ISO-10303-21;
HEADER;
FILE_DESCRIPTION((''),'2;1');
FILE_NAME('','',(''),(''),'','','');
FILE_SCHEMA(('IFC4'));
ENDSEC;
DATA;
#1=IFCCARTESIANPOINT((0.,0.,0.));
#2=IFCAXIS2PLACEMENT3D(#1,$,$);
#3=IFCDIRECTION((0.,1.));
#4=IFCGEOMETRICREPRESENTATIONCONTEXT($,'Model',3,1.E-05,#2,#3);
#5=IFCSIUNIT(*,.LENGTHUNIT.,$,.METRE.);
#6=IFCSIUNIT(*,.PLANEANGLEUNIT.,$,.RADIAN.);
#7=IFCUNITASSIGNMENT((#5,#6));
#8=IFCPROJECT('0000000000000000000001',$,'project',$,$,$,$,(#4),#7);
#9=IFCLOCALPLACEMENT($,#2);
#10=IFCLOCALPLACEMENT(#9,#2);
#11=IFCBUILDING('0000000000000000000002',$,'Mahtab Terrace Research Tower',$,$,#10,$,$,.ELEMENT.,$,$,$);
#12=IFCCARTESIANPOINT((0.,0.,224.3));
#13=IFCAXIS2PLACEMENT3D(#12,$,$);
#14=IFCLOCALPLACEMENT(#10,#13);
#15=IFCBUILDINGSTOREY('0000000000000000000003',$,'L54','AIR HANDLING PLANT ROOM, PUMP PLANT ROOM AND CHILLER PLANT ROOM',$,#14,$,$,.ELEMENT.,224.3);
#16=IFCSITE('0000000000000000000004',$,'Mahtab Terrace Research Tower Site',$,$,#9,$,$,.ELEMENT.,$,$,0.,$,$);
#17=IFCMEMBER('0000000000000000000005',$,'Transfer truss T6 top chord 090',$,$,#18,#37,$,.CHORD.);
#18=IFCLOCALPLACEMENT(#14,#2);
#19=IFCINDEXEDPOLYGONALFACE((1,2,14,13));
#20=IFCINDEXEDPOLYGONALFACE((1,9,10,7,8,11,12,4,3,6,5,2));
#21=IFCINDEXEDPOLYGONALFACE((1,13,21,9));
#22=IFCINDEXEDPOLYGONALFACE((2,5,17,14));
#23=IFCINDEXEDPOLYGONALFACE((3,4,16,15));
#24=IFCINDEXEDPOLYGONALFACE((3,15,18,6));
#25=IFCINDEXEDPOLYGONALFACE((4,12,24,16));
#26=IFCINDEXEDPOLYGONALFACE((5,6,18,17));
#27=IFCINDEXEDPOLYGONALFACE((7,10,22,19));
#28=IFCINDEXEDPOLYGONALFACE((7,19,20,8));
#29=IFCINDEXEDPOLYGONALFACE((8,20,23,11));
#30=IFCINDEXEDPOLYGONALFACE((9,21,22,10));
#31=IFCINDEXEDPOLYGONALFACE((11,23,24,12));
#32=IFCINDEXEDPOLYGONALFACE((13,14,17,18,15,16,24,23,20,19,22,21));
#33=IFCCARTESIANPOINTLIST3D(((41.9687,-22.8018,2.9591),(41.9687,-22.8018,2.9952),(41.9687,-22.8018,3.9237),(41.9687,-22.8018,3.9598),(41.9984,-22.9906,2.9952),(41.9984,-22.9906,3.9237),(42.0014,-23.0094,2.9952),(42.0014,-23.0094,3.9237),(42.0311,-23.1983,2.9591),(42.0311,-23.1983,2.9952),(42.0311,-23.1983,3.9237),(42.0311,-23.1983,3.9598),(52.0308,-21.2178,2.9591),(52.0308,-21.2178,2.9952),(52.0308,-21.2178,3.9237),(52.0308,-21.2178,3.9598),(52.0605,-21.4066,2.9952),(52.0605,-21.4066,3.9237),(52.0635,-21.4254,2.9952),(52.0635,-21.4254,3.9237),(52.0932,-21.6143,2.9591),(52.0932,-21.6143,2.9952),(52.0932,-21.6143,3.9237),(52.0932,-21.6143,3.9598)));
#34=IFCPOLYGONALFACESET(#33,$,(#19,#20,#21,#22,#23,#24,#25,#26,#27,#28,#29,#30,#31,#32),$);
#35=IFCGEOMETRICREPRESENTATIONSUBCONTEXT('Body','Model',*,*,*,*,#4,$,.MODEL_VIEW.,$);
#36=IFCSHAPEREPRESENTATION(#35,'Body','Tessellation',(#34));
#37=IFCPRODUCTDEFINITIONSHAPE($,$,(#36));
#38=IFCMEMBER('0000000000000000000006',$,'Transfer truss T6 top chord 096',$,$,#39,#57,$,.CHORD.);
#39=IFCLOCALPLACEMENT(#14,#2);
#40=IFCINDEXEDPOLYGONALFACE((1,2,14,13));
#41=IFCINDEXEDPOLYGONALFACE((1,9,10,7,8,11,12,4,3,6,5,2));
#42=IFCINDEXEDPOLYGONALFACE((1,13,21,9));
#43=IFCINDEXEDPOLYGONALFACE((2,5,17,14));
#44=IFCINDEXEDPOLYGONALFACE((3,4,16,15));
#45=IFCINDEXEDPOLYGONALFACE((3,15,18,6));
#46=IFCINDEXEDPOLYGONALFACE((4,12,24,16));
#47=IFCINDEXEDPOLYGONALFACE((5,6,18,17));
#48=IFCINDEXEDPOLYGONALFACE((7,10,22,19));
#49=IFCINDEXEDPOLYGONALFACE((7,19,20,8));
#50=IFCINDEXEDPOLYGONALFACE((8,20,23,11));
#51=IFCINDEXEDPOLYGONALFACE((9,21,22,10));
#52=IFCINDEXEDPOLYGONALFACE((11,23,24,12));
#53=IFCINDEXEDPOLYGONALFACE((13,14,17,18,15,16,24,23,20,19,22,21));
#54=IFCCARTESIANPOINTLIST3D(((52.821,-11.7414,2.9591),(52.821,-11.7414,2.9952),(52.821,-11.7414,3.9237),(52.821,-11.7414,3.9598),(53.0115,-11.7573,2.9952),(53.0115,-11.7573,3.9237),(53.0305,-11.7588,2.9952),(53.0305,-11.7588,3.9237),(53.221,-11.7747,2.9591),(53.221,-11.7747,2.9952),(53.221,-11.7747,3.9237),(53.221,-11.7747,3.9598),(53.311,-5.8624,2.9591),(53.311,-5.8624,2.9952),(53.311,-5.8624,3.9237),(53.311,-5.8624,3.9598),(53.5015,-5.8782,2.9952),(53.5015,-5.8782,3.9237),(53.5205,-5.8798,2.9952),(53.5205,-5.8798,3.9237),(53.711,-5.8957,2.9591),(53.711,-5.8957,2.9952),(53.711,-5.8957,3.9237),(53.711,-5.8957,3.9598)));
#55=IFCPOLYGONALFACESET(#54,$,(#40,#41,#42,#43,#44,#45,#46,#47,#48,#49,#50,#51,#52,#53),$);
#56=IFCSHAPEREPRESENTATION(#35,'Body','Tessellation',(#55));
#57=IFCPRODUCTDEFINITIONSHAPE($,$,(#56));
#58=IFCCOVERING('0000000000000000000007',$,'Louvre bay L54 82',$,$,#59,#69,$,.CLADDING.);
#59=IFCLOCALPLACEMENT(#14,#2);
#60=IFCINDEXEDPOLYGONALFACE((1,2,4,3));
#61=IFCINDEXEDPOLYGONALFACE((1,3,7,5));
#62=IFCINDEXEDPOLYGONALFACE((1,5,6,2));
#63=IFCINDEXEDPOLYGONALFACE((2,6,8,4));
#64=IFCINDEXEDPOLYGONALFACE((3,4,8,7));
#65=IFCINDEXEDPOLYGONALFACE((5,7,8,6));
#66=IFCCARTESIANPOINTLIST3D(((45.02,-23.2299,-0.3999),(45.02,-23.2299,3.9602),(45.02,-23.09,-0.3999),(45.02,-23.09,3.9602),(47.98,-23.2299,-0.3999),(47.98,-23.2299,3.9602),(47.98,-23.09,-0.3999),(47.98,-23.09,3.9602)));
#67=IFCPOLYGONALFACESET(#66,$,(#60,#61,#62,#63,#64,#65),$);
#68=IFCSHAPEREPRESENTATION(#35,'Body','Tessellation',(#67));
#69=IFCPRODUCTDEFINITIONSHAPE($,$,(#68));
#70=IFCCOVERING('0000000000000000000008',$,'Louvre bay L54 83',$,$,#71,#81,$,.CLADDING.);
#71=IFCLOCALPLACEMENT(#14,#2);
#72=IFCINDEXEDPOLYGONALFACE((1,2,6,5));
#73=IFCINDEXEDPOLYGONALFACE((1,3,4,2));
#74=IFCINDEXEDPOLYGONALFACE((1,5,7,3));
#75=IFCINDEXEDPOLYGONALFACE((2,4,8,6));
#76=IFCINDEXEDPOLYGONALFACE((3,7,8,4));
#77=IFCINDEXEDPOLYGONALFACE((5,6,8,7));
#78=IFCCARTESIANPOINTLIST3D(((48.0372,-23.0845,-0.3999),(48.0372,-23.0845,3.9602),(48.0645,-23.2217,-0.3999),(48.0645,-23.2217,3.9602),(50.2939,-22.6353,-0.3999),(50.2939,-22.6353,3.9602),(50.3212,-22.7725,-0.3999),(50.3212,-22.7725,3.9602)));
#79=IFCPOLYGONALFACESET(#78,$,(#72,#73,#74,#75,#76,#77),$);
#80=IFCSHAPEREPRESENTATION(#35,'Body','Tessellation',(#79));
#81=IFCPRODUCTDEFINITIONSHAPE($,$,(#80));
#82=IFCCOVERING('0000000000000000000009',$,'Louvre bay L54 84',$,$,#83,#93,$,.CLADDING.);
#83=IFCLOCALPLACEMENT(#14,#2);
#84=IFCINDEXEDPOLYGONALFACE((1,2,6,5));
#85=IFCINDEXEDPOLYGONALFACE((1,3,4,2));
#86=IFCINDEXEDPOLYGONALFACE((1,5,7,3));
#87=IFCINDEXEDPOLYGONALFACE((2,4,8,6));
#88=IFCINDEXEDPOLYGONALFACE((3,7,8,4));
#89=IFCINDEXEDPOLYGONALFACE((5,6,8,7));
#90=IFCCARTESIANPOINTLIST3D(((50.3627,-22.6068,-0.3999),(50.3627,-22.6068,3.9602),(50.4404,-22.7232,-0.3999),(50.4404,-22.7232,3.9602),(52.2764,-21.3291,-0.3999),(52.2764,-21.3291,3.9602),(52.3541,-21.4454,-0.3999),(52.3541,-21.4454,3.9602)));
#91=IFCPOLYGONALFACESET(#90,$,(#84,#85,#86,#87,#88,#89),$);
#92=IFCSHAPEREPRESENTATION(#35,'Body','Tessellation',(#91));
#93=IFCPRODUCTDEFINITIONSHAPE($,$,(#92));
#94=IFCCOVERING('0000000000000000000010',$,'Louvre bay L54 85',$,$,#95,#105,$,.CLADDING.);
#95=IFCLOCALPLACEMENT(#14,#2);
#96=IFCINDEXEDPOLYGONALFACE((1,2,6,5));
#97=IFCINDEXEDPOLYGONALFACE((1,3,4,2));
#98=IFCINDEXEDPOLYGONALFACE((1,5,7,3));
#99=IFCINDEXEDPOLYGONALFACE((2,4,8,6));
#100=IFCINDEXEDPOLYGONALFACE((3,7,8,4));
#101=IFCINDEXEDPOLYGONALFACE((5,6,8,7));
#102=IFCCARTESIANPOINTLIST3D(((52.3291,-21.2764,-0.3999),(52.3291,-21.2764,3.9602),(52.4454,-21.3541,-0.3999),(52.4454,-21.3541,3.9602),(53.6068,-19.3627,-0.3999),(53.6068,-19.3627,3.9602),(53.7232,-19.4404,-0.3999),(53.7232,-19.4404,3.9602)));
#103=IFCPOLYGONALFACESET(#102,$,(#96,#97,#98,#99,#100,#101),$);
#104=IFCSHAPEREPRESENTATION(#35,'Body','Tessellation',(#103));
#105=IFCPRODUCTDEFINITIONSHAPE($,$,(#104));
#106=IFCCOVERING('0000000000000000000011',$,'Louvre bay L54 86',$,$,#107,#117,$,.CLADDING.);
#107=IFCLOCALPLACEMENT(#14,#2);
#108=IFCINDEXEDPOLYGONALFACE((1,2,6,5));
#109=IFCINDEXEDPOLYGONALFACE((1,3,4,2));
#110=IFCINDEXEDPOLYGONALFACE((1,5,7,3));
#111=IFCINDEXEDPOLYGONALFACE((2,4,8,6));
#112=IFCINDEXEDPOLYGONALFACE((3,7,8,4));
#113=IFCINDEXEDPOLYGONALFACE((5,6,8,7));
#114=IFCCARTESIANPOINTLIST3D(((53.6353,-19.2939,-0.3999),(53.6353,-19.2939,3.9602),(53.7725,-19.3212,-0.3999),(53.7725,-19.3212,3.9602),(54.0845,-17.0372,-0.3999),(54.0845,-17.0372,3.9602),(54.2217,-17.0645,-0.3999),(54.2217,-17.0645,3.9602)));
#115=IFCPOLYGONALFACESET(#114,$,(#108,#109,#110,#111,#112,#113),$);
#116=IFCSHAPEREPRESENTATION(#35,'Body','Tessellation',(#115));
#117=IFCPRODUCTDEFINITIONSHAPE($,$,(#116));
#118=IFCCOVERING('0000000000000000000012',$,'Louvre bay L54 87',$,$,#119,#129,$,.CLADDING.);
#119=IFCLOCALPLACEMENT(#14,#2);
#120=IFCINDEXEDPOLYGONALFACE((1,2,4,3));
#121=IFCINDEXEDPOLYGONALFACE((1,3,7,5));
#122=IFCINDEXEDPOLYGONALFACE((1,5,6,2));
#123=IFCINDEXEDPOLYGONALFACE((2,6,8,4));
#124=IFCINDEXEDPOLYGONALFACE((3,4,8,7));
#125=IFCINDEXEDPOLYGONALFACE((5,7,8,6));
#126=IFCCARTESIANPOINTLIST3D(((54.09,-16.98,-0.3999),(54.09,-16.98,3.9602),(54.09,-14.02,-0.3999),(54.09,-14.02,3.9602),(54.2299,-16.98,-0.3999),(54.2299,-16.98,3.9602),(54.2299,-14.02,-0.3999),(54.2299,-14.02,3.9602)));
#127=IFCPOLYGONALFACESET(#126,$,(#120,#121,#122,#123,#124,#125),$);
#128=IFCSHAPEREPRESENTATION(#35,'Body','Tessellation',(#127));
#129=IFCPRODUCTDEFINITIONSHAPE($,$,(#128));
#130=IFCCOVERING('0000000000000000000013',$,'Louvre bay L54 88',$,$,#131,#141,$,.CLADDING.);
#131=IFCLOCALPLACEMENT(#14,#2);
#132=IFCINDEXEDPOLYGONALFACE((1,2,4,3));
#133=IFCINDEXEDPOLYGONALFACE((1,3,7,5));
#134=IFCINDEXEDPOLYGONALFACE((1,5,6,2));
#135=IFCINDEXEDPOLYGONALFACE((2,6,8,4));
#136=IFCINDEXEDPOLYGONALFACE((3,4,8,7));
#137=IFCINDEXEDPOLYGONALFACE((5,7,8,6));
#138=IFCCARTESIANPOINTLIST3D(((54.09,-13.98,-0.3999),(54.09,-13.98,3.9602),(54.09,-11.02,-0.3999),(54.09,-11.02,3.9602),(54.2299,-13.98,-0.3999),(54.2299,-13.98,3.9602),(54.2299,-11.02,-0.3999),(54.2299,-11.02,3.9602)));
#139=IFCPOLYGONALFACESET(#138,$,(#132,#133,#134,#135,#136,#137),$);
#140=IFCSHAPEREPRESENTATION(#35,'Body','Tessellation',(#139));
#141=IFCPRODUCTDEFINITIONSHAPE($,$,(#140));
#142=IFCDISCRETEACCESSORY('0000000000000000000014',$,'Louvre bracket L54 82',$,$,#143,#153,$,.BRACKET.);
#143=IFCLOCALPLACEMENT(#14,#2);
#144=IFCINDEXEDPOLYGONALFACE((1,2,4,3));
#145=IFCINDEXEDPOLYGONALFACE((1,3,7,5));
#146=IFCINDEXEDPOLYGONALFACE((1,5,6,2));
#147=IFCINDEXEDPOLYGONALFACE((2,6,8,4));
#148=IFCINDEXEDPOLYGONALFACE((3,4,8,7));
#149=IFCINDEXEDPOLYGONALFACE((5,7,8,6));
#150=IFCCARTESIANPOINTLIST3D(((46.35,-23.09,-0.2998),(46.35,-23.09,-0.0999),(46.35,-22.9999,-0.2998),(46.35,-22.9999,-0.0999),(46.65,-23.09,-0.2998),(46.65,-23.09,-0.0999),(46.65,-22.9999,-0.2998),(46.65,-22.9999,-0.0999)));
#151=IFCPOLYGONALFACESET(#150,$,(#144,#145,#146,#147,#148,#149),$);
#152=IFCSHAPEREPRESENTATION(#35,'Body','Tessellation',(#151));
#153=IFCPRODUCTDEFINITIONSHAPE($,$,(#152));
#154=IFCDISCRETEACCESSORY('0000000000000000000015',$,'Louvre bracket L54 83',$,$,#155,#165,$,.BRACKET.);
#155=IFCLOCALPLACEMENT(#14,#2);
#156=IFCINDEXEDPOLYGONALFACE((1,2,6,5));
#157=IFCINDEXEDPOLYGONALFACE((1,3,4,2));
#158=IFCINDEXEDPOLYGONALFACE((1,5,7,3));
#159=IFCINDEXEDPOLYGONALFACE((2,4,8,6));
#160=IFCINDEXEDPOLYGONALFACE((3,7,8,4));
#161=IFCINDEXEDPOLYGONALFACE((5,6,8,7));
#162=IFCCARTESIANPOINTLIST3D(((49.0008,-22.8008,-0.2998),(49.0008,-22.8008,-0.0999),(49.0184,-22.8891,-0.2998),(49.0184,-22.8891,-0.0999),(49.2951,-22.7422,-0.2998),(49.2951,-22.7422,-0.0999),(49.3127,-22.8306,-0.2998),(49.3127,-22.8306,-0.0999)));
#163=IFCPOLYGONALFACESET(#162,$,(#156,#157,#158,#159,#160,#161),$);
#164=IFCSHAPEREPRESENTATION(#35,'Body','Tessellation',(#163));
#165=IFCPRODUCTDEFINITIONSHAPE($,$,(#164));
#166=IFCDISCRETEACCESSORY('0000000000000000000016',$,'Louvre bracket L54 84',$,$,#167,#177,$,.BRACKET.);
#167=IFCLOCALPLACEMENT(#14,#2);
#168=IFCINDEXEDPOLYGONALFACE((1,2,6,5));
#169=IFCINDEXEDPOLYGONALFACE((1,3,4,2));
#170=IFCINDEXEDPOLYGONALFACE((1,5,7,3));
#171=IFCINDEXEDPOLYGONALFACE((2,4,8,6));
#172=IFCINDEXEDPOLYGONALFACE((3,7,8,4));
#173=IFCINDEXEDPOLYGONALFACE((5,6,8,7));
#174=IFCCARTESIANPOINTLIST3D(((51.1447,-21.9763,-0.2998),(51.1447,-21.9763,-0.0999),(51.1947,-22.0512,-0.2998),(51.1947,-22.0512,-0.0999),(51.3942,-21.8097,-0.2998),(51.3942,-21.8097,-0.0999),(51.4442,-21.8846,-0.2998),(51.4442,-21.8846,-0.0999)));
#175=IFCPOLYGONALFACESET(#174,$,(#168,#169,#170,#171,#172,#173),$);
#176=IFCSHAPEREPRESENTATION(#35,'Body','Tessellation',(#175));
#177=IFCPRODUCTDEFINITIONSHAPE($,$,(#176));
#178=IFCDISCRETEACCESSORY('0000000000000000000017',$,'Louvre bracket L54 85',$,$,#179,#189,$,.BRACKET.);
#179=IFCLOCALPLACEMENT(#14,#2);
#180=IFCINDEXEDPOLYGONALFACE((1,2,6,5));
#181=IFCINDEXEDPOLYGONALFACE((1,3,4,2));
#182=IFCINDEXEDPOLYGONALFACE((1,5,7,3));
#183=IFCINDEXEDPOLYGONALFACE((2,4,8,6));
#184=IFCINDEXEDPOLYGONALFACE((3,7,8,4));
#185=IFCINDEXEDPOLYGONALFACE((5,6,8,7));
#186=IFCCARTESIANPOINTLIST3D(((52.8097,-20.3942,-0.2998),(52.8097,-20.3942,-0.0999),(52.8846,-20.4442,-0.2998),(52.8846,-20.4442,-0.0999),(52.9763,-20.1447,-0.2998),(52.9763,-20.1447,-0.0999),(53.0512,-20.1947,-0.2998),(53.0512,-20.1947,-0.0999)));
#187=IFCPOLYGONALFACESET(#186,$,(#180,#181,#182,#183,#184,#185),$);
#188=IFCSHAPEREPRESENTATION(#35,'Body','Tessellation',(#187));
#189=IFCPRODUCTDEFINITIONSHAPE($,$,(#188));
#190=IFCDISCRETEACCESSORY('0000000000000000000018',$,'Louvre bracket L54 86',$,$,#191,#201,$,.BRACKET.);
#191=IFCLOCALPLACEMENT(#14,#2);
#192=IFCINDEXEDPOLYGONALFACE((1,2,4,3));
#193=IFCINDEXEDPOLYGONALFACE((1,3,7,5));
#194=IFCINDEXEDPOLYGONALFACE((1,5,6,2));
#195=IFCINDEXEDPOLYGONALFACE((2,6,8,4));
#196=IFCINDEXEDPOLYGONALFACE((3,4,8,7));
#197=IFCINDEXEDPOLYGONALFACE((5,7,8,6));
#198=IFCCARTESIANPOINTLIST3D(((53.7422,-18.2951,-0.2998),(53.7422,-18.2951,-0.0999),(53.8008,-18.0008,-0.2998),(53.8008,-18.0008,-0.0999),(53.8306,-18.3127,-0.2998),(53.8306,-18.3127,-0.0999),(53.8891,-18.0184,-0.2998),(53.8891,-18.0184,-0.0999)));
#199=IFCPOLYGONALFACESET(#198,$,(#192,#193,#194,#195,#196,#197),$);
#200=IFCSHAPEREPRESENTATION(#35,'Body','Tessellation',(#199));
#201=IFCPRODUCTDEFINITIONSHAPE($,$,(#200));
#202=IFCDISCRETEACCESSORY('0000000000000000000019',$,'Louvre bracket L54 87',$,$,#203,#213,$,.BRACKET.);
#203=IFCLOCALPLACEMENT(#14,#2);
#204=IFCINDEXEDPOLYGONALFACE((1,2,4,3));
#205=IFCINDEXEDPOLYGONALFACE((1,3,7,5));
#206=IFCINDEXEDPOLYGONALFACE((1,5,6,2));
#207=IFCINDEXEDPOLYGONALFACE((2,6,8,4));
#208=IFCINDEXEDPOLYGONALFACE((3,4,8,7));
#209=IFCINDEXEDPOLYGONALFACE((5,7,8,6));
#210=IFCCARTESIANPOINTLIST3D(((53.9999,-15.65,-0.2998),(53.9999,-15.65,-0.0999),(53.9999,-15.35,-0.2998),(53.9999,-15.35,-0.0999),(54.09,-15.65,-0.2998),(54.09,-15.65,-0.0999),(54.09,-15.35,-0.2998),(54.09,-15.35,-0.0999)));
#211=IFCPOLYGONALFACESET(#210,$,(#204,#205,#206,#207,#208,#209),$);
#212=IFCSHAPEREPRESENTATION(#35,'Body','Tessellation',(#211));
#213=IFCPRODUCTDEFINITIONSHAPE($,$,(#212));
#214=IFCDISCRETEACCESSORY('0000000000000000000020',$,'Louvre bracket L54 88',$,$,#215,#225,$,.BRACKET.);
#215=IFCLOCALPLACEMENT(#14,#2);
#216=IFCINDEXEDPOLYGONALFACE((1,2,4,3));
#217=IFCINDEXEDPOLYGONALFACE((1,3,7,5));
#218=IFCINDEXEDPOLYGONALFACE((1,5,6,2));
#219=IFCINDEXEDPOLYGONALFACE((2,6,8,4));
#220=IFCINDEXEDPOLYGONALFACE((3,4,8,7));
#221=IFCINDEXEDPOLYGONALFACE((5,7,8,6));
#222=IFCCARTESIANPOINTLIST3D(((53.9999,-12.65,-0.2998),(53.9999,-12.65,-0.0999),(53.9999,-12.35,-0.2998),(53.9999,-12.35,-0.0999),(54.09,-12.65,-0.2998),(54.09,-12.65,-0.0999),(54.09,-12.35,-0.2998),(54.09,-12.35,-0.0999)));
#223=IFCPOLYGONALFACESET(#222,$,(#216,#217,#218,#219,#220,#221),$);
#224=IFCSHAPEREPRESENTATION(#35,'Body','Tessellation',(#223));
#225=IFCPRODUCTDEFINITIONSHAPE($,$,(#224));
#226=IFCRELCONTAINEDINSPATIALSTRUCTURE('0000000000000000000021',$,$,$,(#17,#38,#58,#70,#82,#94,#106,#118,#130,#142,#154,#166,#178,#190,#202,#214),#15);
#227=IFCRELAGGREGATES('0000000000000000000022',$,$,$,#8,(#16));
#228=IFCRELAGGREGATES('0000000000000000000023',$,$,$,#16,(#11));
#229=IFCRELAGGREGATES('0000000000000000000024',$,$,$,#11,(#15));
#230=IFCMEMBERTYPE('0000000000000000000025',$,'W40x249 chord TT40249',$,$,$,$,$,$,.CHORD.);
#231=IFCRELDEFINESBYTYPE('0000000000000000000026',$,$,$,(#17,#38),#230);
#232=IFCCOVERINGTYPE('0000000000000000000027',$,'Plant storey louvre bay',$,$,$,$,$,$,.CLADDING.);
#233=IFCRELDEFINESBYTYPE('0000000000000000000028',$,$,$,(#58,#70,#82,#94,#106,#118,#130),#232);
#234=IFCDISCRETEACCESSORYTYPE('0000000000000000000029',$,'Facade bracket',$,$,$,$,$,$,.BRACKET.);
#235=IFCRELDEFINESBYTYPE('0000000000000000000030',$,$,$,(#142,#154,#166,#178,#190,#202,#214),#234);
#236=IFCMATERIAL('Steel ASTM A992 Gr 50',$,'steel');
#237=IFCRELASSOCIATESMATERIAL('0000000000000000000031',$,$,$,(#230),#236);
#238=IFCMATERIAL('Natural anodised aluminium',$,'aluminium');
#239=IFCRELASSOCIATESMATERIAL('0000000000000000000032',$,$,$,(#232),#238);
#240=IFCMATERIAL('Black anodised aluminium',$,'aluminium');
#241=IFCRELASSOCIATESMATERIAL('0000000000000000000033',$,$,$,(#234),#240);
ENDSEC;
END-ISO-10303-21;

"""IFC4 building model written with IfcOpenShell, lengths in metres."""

from ifc_helpers import new_model, si_unit, direction, frame, origin, origin_2d, place, context, subcontext, project, spatial, rectangle, i_section, extrude, material, material_profile, profile_set, type_object, element, save


model = new_model("IFC4")

# Units and contexts
model_context = context("Model", 3, precision=1e-05, world=origin(), true_north=direction((0.0, 1.0)))
body_context = subcontext(model_context, "Body", "Model", "MODEL_VIEW")
ifc_project = project(units=[si_unit("LENGTHUNIT", "METRE"), si_unit("PLANEANGLEUNIT", "RADIAN")], contexts=[model_context])

# Site, building, storey
site_placement = place(None, origin())
site = spatial("IfcSite", under=ifc_project, at=site_placement, Name="Mahtab Terrace Research Tower Site", CompositionType="ELEMENT", RefElevation=0.0)
building_placement = place(site_placement, origin())
building = spatial("IfcBuilding", under=site, at=building_placement, Name="Mahtab Terrace Research Tower", CompositionType="ELEMENT")
storey_placement = place(building_placement, frame((0.0, 0.0, 224.3)))
storey = spatial("IfcBuildingStorey", under=building, at=storey_placement, Name="L54", Description="AIR HANDLING PLANT ROOM, PUMP PLANT ROOM AND CHILLER PLANT ROOM", CompositionType="ELEMENT", Elevation=224.3)

# Members
ifc_material_1 = material(Name="Steel ASTM A992 Gr 50", Category="steel")
ifc_material_profile_1 = material_profile(ifc_material_1, i_section(OverallWidth=0.4014, OverallDepth=1.0007, WebThickness=0.019, FlangeThickness=0.0361, at=origin_2d()), Name="W40X249")
ifc_profile_set_1 = profile_set([ifc_material_profile_1], Name="Steel ASTM A992 Gr 50")
member_type_1 = type_object("IfcMemberType", Name="W40x249 chord TT40249", PredefinedType="CHORD", material=ifc_profile_set_1)
member_1_placement = place(storey_placement, frame((52.062, -21.416, 3.4595), z_axis=(-0.987835, -0.155507, 0.0), x_axis=(0.155507, -0.987835, 0.0)))
element("IfcMember", 1, at=member_1_placement, inside=storey, type_object=member_type_1, Name="Transfer truss T6 top chord 090", PredefinedType="CHORD", context=body_context, shape_type="SweptSolid", body=[
    extrude(i_section(OverallWidth=0.4014, OverallDepth=1.0007, WebThickness=0.019, FlangeThickness=0.0361, at=origin_2d()), origin(), (0.0, 0.0, 1.0), 10.186),
])
member_2_placement = place(storey_placement, frame((53.021, -11.7581, 3.4595), z_axis=(0.083056, 0.996545, 0.0), x_axis=(-0.996545, 0.083056, 0.0)))
element("IfcMember", 2, at=member_2_placement, inside=storey, type_object=member_type_1, Name="Transfer truss T6 top chord 096", PredefinedType="CHORD", context=body_context, shape_type="SweptSolid", body=[
    extrude(i_section(OverallWidth=0.4014, OverallDepth=1.0007, WebThickness=0.019, FlangeThickness=0.0361, at=origin_2d()), origin(), (0.0, 0.0, 1.0), 5.8994),
])

# Coverings
ifc_material_2 = material(Name="Natural anodised aluminium", Category="aluminium")
covering_type = type_object("IfcCoveringType", Name="Plant storey louvre bay", PredefinedType="CLADDING", material=ifc_material_2)
covering_placement = place(storey_placement, frame((46.5, -23.1599, -0.3999), z_axis=(0.0, 0.0, 1.0), x_axis=(1.0, 0.0, 0.0)))
element("IfcCovering", 3, at=covering_placement, inside=storey, type_object=covering_type, Name="Louvre bay L54 82", PredefinedType="CLADDING", context=body_context, shape_type="SweptSolid", body=[
    extrude(rectangle(XDim=2.96, YDim=0.1399, at=origin_2d()), origin(), (0.0, 0.0, 1.0), 4.3601),
])
for number, where, z_axis, x_axis, name in (
    (4, (49.1792, -22.9285, -0.3999), (0.0, 0.0, 1.0), (0.980761, 0.195212, 0.0), "Louvre bay L54 83"),
    (5, (51.3584, -22.0261, -0.3999), (0.0, 0.0, 1.0), (0.831656, 0.555291, 0.0), "Louvre bay L54 84"),
    (6, (53.0261, -20.3584, -0.3999), (0.0, 0.0, 1.0), (0.555291, 0.831656, 0.0), "Louvre bay L54 85"),
    (7, (53.9285, -18.1792, -0.3999), (0.0, 0.0, 1.0), (0.195212, 0.980761, 0.0), "Louvre bay L54 86"),
):
    element("IfcCovering", number, at=place(storey_placement, frame(where, z_axis=z_axis, x_axis=x_axis)), inside=storey, type_object=covering_type, Name=name, PredefinedType="CLADDING", context=body_context, shape_type="SweptSolid", body=[
        extrude(rectangle(XDim=2.301, YDim=0.1399, at=origin_2d()), origin(), (0.0, 0.0, 1.0), 4.3601),
    ])
for number, where, z_axis, x_axis, name in (
    (8, (54.1599, -15.5, -0.3999), (0.0, 0.0, 1.0), (0.0, 1.0, 0.0), "Louvre bay L54 87"),
    (9, (54.1599, -12.5, -0.3999), (0.0, 0.0, 1.0), (0.0, 1.0, 0.0), "Louvre bay L54 88"),
):
    element("IfcCovering", number, at=place(storey_placement, frame(where, z_axis=z_axis, x_axis=x_axis)), inside=storey, type_object=covering_type, Name=name, PredefinedType="CLADDING", context=body_context, shape_type="SweptSolid", body=[
        extrude(rectangle(XDim=2.96, YDim=0.1399, at=origin_2d()), origin(), (0.0, 0.0, 1.0), 4.3601),
    ])

# Discrete accessories
ifc_material_3 = material(Name="Black anodised aluminium", Category="aluminium")
discrete_accessory_type_1 = type_object("IfcDiscreteAccessoryType", Name="Facade bracket", PredefinedType="BRACKET", material=ifc_material_3)
for number, where, z_axis, x_axis, name in (
    (10, (46.5, -23.0449, -0.2998), (0.0, 0.0, 1.0), (1.0, 0.0, 0.0), "Louvre bracket L54 82"),
    (11, (49.1567, -22.8157, -0.2998), (0.0, 0.0, 1.0), (0.980761, 0.195212, 0.0), "Louvre bracket L54 83"),
    (12, (51.2944, -21.9304, -0.2998), (0.0, 0.0, 1.0), (0.831656, 0.555291, 0.0), "Louvre bracket L54 84"),
    (13, (52.9304, -20.2944, -0.2998), (0.0, 0.0, 1.0), (0.555291, 0.831656, 0.0), "Louvre bracket L54 85"),
    (14, (53.8157, -18.1567, -0.2998), (0.0, 0.0, 1.0), (0.195212, 0.980761, 0.0), "Louvre bracket L54 86"),
    (15, (54.0449, -15.5, -0.2998), (0.0, 0.0, 1.0), (0.0, 1.0, 0.0), "Louvre bracket L54 87"),
    (16, (54.0449, -12.5, -0.2998), (0.0, 0.0, 1.0), (0.0, 1.0, 0.0), "Louvre bracket L54 88"),
):
    element("IfcDiscreteAccessory", number, at=place(storey_placement, frame(where, z_axis=z_axis, x_axis=x_axis)), inside=storey, type_object=discrete_accessory_type_1, Name=name, PredefinedType="BRACKET", context=body_context, shape_type="SweptSolid", body=[
        extrude(rectangle(XDim=0.3, YDim=0.0901, at=origin_2d()), origin(), (0.0, 0.0, 1.0), 0.2),
    ])

save(model, "model.ifc")
